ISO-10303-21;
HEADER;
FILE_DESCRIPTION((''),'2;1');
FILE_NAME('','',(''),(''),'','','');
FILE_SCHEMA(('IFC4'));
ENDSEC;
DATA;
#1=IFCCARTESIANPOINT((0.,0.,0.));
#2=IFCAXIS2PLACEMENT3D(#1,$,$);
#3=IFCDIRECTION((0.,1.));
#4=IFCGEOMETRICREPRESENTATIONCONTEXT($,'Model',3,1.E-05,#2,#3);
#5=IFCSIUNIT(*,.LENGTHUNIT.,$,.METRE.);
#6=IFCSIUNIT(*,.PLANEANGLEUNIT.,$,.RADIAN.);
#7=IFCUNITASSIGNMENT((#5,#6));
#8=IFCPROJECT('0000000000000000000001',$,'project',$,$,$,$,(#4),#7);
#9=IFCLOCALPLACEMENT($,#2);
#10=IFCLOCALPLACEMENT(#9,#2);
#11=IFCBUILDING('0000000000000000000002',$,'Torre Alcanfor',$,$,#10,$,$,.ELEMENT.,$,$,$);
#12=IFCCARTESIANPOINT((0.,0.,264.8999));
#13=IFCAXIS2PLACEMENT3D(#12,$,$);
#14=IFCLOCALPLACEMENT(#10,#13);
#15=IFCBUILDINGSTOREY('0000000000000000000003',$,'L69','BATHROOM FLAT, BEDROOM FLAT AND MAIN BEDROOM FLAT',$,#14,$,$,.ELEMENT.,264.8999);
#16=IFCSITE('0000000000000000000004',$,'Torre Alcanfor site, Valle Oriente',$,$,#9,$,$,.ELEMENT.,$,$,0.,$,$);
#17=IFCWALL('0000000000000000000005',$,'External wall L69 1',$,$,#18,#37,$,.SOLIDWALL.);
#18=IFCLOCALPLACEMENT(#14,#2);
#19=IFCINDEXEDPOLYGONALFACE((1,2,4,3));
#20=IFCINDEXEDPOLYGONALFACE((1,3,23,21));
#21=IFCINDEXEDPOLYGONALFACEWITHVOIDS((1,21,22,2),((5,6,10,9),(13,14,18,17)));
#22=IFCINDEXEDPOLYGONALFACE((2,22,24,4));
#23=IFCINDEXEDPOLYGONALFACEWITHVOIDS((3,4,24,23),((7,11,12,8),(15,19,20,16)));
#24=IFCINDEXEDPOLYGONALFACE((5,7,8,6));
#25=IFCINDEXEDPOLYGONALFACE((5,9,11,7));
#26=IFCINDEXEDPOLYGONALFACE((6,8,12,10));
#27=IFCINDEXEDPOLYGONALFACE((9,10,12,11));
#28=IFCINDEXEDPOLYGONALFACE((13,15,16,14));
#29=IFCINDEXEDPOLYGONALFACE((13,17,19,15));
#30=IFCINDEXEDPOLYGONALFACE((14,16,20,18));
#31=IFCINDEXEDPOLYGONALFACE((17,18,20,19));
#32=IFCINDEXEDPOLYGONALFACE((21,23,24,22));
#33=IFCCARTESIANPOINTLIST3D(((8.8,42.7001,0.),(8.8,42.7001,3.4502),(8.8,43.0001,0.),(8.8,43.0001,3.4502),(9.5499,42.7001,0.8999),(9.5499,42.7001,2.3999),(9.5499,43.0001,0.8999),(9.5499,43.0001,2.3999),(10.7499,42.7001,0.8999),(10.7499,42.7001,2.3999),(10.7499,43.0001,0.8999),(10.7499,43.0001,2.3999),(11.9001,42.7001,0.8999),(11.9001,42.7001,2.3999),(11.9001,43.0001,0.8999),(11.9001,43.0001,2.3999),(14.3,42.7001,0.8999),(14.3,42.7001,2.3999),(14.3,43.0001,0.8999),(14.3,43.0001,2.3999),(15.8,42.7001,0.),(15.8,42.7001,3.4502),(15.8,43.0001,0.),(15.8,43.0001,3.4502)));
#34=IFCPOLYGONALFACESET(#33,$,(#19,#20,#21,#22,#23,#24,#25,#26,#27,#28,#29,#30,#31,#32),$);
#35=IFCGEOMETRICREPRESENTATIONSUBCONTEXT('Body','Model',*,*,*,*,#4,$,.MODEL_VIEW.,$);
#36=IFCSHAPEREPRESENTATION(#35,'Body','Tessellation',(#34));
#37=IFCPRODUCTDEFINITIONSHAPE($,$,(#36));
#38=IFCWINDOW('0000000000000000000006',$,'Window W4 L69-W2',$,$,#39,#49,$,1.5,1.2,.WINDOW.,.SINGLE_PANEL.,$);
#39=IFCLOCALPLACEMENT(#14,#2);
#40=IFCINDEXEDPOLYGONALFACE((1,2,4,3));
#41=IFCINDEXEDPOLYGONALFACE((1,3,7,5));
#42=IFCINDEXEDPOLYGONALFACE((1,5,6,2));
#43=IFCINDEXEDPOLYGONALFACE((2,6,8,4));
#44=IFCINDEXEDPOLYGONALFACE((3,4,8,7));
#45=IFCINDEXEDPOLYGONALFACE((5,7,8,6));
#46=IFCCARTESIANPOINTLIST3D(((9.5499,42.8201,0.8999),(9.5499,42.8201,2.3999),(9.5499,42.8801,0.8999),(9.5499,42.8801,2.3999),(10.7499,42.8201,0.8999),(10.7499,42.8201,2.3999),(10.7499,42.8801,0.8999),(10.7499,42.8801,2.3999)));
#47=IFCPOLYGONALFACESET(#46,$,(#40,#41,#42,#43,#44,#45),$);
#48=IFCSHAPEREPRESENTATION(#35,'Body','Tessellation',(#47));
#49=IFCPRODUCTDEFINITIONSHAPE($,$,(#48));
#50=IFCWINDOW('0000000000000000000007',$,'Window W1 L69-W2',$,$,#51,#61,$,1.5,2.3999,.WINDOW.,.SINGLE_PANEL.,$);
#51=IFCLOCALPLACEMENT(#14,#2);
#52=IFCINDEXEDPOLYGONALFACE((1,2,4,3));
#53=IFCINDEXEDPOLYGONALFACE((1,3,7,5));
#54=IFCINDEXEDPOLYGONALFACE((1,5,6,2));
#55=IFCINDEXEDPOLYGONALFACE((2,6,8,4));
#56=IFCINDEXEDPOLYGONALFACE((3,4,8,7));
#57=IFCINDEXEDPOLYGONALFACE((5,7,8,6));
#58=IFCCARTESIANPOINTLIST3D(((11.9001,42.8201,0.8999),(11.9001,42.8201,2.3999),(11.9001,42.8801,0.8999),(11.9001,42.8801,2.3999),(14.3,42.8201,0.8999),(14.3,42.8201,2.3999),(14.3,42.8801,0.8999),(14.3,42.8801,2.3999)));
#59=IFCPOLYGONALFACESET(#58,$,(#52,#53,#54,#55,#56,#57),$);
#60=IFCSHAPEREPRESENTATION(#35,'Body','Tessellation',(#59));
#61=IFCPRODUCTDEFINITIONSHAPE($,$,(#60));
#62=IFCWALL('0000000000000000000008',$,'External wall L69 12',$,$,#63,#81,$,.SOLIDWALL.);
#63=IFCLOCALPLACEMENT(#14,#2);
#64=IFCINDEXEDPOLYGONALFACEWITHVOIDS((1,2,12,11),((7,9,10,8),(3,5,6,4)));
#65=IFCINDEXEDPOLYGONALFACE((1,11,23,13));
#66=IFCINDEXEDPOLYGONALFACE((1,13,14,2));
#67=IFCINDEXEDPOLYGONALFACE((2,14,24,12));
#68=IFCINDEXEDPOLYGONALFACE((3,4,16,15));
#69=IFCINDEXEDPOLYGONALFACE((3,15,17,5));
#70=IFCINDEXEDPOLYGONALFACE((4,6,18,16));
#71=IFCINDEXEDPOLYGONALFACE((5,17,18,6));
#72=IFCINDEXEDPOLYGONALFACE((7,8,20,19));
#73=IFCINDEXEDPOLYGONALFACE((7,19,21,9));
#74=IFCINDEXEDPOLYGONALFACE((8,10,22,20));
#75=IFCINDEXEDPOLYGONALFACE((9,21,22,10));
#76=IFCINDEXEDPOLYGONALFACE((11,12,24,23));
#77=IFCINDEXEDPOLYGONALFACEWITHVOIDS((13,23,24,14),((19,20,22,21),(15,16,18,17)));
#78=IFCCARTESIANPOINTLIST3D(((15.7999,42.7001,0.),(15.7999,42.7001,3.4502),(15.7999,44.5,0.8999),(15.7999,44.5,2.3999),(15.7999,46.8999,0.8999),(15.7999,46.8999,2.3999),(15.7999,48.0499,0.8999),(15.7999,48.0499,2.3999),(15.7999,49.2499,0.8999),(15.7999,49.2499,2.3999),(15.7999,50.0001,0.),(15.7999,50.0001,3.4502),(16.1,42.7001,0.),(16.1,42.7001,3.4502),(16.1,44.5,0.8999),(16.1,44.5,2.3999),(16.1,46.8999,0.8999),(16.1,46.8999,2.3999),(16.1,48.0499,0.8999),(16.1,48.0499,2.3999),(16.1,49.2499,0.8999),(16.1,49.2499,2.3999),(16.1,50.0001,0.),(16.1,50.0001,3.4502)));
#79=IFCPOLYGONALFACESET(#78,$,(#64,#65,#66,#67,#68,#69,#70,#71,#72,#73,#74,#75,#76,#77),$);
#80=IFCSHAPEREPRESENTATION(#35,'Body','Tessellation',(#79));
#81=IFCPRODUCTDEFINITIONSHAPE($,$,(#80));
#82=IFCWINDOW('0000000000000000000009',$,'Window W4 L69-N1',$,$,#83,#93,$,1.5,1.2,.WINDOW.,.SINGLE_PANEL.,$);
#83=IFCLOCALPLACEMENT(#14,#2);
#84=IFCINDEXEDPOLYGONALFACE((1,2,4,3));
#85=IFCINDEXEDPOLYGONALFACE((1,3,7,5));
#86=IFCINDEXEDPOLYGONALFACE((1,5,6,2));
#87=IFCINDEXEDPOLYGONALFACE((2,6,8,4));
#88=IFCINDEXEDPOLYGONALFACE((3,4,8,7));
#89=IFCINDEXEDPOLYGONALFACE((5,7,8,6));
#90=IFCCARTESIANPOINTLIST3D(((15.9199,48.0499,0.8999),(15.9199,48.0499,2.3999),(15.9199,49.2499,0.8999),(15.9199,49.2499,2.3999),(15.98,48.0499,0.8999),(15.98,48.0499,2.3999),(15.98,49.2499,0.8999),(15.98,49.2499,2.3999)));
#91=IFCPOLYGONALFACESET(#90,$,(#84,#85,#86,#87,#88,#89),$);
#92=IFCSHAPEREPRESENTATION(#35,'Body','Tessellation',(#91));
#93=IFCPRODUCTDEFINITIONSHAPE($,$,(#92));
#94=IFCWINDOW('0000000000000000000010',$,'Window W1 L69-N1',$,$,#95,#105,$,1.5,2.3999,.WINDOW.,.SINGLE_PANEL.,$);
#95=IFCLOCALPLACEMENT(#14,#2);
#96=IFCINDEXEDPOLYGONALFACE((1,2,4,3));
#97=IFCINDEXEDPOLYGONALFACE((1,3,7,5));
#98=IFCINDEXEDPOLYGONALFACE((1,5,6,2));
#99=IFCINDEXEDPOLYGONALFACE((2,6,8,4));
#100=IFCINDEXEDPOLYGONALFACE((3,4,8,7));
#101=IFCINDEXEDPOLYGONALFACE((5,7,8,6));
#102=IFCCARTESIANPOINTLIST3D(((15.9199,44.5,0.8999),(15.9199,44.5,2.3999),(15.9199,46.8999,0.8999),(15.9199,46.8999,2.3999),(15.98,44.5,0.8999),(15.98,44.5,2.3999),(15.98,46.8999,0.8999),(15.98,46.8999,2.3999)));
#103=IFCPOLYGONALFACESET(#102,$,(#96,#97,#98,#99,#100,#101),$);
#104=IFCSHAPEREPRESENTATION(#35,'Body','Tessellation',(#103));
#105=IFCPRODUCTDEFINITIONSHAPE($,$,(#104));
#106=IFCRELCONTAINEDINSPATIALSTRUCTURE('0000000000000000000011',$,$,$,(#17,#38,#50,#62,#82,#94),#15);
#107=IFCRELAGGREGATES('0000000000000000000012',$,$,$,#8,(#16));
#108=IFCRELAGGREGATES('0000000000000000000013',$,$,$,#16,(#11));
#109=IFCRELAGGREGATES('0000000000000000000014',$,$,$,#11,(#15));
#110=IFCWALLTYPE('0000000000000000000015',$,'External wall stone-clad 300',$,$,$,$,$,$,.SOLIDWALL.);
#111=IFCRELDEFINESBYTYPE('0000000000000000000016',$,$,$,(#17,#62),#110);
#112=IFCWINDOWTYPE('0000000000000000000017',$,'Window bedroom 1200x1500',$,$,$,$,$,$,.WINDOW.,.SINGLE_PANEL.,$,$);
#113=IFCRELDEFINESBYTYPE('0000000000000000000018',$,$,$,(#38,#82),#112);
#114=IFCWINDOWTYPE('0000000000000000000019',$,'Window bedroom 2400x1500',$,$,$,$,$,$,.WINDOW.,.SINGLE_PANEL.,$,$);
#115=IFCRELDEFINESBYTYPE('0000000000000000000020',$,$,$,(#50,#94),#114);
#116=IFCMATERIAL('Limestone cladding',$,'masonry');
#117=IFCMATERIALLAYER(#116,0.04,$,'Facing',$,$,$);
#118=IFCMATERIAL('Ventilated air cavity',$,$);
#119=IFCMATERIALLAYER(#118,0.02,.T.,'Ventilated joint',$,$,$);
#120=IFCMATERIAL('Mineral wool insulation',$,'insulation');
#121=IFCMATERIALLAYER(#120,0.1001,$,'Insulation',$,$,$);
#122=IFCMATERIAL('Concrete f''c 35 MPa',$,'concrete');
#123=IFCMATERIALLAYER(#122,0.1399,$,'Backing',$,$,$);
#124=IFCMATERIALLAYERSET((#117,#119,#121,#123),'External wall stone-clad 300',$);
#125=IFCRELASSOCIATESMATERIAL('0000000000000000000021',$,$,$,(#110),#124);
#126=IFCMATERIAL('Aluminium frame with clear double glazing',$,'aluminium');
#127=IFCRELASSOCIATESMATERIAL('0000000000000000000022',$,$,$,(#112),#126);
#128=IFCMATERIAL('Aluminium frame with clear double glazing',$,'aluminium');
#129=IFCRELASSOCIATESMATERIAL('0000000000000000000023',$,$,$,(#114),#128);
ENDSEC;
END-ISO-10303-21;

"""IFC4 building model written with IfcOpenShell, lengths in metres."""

from ifc_helpers import new_model, si_unit, direction, frame, frame_2d, origin, place, context, subcontext, project, spatial, rectangle, extrude, material, layer, layer_set, type_object, element, fill, save


model = new_model("IFC4")

# Units and contexts
model_context = context("Model", 3, precision=1e-05, world=origin(), true_north=direction((0.0, 1.0)))
body_context = subcontext(model_context, "Body", "Model", "MODEL_VIEW")
ifc_project = project(units=[si_unit("LENGTHUNIT", "METRE"), si_unit("PLANEANGLEUNIT", "RADIAN")], contexts=[model_context])

# Site, building, storey
site_placement = place(None, origin())
site = spatial("IfcSite", under=ifc_project, at=site_placement, Name="Torre Alcanfor site, Valle Oriente", CompositionType="ELEMENT", RefElevation=0.0)
building_placement = place(site_placement, origin())
building = spatial("IfcBuilding", under=site, at=building_placement, Name="Torre Alcanfor", CompositionType="ELEMENT")
storey_placement = place(building_placement, frame((0.0, 0.0, 264.8999)))
storey = spatial("IfcBuildingStorey", under=building, at=storey_placement, Name="L69", Description="BATHROOM FLAT, BEDROOM FLAT AND MAIN BEDROOM FLAT", CompositionType="ELEMENT", Elevation=264.8999)

# Walls, openings, windows
ifc_material_1 = material(Name="Limestone cladding", Category="masonry")
ifc_layer_1 = layer(ifc_material_1, 0.04, Name="Facing")
ifc_material_2 = material(Name="Ventilated air cavity")
ifc_layer_2 = layer(ifc_material_2, 0.02, ventilated=True, Name="Ventilated joint")
ifc_material_3 = material(Name="Mineral wool insulation", Category="insulation")
ifc_layer_3 = layer(ifc_material_3, 0.1001, Name="Insulation")
ifc_material_4 = material(Name="Concrete f'c 35 MPa", Category="concrete")
ifc_layer_4 = layer(ifc_material_4, 0.1399, Name="Backing")
ifc_layer_set_1 = layer_set([ifc_layer_1, ifc_layer_2, ifc_layer_3, ifc_layer_4], Name="External wall stone-clad 300")
wall_type_1 = type_object("IfcWallType", Name="External wall stone-clad 300", PredefinedType="SOLIDWALL", material=ifc_layer_set_1)
wall_1_placement = place(storey_placement, frame((15.8, 42.8501, 0.0), z_axis=(0.0, 0.0, 1.0), x_axis=(-1.0, 0.0, 0.0)))
wall_1 = element("IfcWall", 1, at=wall_1_placement, inside=storey, type_object=wall_type_1, Name="External wall L69 1", PredefinedType="SOLIDWALL", context=body_context, shape_type="SweptSolid", body=[
    extrude(rectangle(XDim=7.0, YDim=0.3, at=frame_2d((3.5, 0.0))), origin(), (0.0, 0.0, 1.0), 3.4502),
])
opening_1_placement = place(wall_1_placement, frame((1.5, 0.0, 0.8999)))
opening_1 = element("IfcOpeningElement", 2, at=opening_1_placement, cuts=wall_1, PredefinedType="OPENING", context=body_context, shape_type="SweptSolid", body=[
    extrude(rectangle(XDim=2.3999, YDim=1.5, at=frame_2d((1.2, 0.75))), frame((0.0, 0.1599, 0.0), z_axis=(0.0, -1.0, 0.0), x_axis=(1.0, 0.0, 0.0)), (0.0, 0.0, 1.0), 0.3201),
])
opening_2_placement = place(wall_1_placement, frame((5.05, 0.0, 0.8999)))
opening_2 = element("IfcOpeningElement", 3, at=opening_2_placement, cuts=wall_1, PredefinedType="OPENING", context=body_context, shape_type="SweptSolid", body=[
    extrude(rectangle(XDim=1.2, YDim=1.5, at=frame_2d((0.6001, 0.75))), frame((0.0, 0.1599, 0.0), z_axis=(0.0, -1.0, 0.0), x_axis=(1.0, 0.0, 0.0)), (0.0, 0.0, 1.0), 0.3201),
])
ifc_material_5 = material(Name="Aluminium frame with clear double glazing", Category="aluminium")
window_type_1 = type_object("IfcWindowType", Name="Window bedroom 1200x1500", PartitioningType="SINGLE_PANEL", PredefinedType="WINDOW", material=ifc_material_5)
window_1_placement = place(opening_2_placement, origin())
window_1 = element("IfcWindow", 4, at=window_1_placement, inside=storey, type_object=window_type_1, Name="Window W4 L69-W2", OverallHeight=1.5, OverallWidth=1.2, PartitioningType="SINGLE_PANEL", PredefinedType="WINDOW", context=body_context, shape_type="SweptSolid", body=[
    extrude(rectangle(XDim=1.2, YDim=1.5, at=frame_2d((0.6001, 0.75))), frame((0.0, 0.03, 0.0), z_axis=(0.0, -1.0, 0.0), x_axis=(1.0, 0.0, 0.0)), (0.0, 0.0, 1.0), 0.0601),
])
fill(opening_2, window_1)
ifc_material_6 = material(Name="Aluminium frame with clear double glazing", Category="aluminium")
window_type_2 = type_object("IfcWindowType", Name="Window bedroom 2400x1500", PartitioningType="SINGLE_PANEL", PredefinedType="WINDOW", material=ifc_material_6)
window_2_placement = place(opening_1_placement, origin())
window_2 = element("IfcWindow", 5, at=window_2_placement, inside=storey, type_object=window_type_2, Name="Window W1 L69-W2", OverallHeight=1.5, OverallWidth=2.3999, PartitioningType="SINGLE_PANEL", PredefinedType="WINDOW", context=body_context, shape_type="SweptSolid", body=[
    extrude(rectangle(XDim=2.3999, YDim=1.5, at=frame_2d((1.2, 0.75))), frame((0.0, 0.03, 0.0), z_axis=(0.0, -1.0, 0.0), x_axis=(1.0, 0.0, 0.0)), (0.0, 0.0, 1.0), 0.0601),
])
fill(opening_1, window_2)
wall_2_placement = place(storey_placement, frame((15.95, 50.0, 0.0), z_axis=(0.0, 0.0, 1.0), x_axis=(0.0, -1.0, 0.0)))
wall_2 = element("IfcWall", 6, at=wall_2_placement, inside=storey, type_object=wall_type_1, Name="External wall L69 12", PredefinedType="SOLIDWALL", context=body_context, shape_type="SweptSolid", body=[
    extrude(rectangle(XDim=7.3, YDim=0.3, at=frame_2d((3.6499, 0.0))), origin(), (0.0, 0.0, 1.0), 3.4502),
])
opening_3_placement = place(wall_2_placement, frame((3.1001, 0.0, 0.8999)))
opening_3 = element("IfcOpeningElement", 7, at=opening_3_placement, cuts=wall_2, PredefinedType="OPENING", context=body_context, shape_type="SweptSolid", body=[
    extrude(rectangle(XDim=2.3999, YDim=1.5, at=frame_2d((1.2, 0.75))), frame((0.0, 0.1599, 0.0), z_axis=(0.0, -1.0, 0.0), x_axis=(1.0, 0.0, 0.0)), (0.0, 0.0, 1.0), 0.3201),
])
opening_4_placement = place(wall_2_placement, frame((0.75, 0.0, 0.8999)))
opening_4 = element("IfcOpeningElement", 8, at=opening_4_placement, cuts=wall_2, PredefinedType="OPENING", context=body_context, shape_type="SweptSolid", body=[
    extrude(rectangle(XDim=1.2, YDim=1.5, at=frame_2d((0.6001, 0.75))), frame((0.0, 0.1599, 0.0), z_axis=(0.0, -1.0, 0.0), x_axis=(1.0, 0.0, 0.0)), (0.0, 0.0, 1.0), 0.3201),
])
window_3_placement = place(opening_4_placement, origin())
window_3 = element("IfcWindow", 9, at=window_3_placement, inside=storey, type_object=window_type_1, Name="Window W4 L69-N1", OverallHeight=1.5, OverallWidth=1.2, PartitioningType="SINGLE_PANEL", PredefinedType="WINDOW", context=body_context, shape_type="SweptSolid", body=[
    extrude(rectangle(XDim=1.2, YDim=1.5, at=frame_2d((0.6001, 0.75))), frame((0.0, 0.03, 0.0), z_axis=(0.0, -1.0, 0.0), x_axis=(1.0, 0.0, 0.0)), (0.0, 0.0, 1.0), 0.0601),
])
fill(opening_4, window_3)
window_4_placement = place(opening_3_placement, origin())
window_4 = element("IfcWindow", 10, at=window_4_placement, inside=storey, type_object=window_type_2, Name="Window W1 L69-N1", OverallHeight=1.5, OverallWidth=2.3999, PartitioningType="SINGLE_PANEL", PredefinedType="WINDOW", context=body_context, shape_type="SweptSolid", body=[
    extrude(rectangle(XDim=2.3999, YDim=1.5, at=frame_2d((1.2, 0.75))), frame((0.0, 0.03, 0.0), z_axis=(0.0, -1.0, 0.0), x_axis=(1.0, 0.0, 0.0)), (0.0, 0.0, 1.0), 0.0601),
])
fill(opening_3, window_4)

save(model, "model.ifc")
